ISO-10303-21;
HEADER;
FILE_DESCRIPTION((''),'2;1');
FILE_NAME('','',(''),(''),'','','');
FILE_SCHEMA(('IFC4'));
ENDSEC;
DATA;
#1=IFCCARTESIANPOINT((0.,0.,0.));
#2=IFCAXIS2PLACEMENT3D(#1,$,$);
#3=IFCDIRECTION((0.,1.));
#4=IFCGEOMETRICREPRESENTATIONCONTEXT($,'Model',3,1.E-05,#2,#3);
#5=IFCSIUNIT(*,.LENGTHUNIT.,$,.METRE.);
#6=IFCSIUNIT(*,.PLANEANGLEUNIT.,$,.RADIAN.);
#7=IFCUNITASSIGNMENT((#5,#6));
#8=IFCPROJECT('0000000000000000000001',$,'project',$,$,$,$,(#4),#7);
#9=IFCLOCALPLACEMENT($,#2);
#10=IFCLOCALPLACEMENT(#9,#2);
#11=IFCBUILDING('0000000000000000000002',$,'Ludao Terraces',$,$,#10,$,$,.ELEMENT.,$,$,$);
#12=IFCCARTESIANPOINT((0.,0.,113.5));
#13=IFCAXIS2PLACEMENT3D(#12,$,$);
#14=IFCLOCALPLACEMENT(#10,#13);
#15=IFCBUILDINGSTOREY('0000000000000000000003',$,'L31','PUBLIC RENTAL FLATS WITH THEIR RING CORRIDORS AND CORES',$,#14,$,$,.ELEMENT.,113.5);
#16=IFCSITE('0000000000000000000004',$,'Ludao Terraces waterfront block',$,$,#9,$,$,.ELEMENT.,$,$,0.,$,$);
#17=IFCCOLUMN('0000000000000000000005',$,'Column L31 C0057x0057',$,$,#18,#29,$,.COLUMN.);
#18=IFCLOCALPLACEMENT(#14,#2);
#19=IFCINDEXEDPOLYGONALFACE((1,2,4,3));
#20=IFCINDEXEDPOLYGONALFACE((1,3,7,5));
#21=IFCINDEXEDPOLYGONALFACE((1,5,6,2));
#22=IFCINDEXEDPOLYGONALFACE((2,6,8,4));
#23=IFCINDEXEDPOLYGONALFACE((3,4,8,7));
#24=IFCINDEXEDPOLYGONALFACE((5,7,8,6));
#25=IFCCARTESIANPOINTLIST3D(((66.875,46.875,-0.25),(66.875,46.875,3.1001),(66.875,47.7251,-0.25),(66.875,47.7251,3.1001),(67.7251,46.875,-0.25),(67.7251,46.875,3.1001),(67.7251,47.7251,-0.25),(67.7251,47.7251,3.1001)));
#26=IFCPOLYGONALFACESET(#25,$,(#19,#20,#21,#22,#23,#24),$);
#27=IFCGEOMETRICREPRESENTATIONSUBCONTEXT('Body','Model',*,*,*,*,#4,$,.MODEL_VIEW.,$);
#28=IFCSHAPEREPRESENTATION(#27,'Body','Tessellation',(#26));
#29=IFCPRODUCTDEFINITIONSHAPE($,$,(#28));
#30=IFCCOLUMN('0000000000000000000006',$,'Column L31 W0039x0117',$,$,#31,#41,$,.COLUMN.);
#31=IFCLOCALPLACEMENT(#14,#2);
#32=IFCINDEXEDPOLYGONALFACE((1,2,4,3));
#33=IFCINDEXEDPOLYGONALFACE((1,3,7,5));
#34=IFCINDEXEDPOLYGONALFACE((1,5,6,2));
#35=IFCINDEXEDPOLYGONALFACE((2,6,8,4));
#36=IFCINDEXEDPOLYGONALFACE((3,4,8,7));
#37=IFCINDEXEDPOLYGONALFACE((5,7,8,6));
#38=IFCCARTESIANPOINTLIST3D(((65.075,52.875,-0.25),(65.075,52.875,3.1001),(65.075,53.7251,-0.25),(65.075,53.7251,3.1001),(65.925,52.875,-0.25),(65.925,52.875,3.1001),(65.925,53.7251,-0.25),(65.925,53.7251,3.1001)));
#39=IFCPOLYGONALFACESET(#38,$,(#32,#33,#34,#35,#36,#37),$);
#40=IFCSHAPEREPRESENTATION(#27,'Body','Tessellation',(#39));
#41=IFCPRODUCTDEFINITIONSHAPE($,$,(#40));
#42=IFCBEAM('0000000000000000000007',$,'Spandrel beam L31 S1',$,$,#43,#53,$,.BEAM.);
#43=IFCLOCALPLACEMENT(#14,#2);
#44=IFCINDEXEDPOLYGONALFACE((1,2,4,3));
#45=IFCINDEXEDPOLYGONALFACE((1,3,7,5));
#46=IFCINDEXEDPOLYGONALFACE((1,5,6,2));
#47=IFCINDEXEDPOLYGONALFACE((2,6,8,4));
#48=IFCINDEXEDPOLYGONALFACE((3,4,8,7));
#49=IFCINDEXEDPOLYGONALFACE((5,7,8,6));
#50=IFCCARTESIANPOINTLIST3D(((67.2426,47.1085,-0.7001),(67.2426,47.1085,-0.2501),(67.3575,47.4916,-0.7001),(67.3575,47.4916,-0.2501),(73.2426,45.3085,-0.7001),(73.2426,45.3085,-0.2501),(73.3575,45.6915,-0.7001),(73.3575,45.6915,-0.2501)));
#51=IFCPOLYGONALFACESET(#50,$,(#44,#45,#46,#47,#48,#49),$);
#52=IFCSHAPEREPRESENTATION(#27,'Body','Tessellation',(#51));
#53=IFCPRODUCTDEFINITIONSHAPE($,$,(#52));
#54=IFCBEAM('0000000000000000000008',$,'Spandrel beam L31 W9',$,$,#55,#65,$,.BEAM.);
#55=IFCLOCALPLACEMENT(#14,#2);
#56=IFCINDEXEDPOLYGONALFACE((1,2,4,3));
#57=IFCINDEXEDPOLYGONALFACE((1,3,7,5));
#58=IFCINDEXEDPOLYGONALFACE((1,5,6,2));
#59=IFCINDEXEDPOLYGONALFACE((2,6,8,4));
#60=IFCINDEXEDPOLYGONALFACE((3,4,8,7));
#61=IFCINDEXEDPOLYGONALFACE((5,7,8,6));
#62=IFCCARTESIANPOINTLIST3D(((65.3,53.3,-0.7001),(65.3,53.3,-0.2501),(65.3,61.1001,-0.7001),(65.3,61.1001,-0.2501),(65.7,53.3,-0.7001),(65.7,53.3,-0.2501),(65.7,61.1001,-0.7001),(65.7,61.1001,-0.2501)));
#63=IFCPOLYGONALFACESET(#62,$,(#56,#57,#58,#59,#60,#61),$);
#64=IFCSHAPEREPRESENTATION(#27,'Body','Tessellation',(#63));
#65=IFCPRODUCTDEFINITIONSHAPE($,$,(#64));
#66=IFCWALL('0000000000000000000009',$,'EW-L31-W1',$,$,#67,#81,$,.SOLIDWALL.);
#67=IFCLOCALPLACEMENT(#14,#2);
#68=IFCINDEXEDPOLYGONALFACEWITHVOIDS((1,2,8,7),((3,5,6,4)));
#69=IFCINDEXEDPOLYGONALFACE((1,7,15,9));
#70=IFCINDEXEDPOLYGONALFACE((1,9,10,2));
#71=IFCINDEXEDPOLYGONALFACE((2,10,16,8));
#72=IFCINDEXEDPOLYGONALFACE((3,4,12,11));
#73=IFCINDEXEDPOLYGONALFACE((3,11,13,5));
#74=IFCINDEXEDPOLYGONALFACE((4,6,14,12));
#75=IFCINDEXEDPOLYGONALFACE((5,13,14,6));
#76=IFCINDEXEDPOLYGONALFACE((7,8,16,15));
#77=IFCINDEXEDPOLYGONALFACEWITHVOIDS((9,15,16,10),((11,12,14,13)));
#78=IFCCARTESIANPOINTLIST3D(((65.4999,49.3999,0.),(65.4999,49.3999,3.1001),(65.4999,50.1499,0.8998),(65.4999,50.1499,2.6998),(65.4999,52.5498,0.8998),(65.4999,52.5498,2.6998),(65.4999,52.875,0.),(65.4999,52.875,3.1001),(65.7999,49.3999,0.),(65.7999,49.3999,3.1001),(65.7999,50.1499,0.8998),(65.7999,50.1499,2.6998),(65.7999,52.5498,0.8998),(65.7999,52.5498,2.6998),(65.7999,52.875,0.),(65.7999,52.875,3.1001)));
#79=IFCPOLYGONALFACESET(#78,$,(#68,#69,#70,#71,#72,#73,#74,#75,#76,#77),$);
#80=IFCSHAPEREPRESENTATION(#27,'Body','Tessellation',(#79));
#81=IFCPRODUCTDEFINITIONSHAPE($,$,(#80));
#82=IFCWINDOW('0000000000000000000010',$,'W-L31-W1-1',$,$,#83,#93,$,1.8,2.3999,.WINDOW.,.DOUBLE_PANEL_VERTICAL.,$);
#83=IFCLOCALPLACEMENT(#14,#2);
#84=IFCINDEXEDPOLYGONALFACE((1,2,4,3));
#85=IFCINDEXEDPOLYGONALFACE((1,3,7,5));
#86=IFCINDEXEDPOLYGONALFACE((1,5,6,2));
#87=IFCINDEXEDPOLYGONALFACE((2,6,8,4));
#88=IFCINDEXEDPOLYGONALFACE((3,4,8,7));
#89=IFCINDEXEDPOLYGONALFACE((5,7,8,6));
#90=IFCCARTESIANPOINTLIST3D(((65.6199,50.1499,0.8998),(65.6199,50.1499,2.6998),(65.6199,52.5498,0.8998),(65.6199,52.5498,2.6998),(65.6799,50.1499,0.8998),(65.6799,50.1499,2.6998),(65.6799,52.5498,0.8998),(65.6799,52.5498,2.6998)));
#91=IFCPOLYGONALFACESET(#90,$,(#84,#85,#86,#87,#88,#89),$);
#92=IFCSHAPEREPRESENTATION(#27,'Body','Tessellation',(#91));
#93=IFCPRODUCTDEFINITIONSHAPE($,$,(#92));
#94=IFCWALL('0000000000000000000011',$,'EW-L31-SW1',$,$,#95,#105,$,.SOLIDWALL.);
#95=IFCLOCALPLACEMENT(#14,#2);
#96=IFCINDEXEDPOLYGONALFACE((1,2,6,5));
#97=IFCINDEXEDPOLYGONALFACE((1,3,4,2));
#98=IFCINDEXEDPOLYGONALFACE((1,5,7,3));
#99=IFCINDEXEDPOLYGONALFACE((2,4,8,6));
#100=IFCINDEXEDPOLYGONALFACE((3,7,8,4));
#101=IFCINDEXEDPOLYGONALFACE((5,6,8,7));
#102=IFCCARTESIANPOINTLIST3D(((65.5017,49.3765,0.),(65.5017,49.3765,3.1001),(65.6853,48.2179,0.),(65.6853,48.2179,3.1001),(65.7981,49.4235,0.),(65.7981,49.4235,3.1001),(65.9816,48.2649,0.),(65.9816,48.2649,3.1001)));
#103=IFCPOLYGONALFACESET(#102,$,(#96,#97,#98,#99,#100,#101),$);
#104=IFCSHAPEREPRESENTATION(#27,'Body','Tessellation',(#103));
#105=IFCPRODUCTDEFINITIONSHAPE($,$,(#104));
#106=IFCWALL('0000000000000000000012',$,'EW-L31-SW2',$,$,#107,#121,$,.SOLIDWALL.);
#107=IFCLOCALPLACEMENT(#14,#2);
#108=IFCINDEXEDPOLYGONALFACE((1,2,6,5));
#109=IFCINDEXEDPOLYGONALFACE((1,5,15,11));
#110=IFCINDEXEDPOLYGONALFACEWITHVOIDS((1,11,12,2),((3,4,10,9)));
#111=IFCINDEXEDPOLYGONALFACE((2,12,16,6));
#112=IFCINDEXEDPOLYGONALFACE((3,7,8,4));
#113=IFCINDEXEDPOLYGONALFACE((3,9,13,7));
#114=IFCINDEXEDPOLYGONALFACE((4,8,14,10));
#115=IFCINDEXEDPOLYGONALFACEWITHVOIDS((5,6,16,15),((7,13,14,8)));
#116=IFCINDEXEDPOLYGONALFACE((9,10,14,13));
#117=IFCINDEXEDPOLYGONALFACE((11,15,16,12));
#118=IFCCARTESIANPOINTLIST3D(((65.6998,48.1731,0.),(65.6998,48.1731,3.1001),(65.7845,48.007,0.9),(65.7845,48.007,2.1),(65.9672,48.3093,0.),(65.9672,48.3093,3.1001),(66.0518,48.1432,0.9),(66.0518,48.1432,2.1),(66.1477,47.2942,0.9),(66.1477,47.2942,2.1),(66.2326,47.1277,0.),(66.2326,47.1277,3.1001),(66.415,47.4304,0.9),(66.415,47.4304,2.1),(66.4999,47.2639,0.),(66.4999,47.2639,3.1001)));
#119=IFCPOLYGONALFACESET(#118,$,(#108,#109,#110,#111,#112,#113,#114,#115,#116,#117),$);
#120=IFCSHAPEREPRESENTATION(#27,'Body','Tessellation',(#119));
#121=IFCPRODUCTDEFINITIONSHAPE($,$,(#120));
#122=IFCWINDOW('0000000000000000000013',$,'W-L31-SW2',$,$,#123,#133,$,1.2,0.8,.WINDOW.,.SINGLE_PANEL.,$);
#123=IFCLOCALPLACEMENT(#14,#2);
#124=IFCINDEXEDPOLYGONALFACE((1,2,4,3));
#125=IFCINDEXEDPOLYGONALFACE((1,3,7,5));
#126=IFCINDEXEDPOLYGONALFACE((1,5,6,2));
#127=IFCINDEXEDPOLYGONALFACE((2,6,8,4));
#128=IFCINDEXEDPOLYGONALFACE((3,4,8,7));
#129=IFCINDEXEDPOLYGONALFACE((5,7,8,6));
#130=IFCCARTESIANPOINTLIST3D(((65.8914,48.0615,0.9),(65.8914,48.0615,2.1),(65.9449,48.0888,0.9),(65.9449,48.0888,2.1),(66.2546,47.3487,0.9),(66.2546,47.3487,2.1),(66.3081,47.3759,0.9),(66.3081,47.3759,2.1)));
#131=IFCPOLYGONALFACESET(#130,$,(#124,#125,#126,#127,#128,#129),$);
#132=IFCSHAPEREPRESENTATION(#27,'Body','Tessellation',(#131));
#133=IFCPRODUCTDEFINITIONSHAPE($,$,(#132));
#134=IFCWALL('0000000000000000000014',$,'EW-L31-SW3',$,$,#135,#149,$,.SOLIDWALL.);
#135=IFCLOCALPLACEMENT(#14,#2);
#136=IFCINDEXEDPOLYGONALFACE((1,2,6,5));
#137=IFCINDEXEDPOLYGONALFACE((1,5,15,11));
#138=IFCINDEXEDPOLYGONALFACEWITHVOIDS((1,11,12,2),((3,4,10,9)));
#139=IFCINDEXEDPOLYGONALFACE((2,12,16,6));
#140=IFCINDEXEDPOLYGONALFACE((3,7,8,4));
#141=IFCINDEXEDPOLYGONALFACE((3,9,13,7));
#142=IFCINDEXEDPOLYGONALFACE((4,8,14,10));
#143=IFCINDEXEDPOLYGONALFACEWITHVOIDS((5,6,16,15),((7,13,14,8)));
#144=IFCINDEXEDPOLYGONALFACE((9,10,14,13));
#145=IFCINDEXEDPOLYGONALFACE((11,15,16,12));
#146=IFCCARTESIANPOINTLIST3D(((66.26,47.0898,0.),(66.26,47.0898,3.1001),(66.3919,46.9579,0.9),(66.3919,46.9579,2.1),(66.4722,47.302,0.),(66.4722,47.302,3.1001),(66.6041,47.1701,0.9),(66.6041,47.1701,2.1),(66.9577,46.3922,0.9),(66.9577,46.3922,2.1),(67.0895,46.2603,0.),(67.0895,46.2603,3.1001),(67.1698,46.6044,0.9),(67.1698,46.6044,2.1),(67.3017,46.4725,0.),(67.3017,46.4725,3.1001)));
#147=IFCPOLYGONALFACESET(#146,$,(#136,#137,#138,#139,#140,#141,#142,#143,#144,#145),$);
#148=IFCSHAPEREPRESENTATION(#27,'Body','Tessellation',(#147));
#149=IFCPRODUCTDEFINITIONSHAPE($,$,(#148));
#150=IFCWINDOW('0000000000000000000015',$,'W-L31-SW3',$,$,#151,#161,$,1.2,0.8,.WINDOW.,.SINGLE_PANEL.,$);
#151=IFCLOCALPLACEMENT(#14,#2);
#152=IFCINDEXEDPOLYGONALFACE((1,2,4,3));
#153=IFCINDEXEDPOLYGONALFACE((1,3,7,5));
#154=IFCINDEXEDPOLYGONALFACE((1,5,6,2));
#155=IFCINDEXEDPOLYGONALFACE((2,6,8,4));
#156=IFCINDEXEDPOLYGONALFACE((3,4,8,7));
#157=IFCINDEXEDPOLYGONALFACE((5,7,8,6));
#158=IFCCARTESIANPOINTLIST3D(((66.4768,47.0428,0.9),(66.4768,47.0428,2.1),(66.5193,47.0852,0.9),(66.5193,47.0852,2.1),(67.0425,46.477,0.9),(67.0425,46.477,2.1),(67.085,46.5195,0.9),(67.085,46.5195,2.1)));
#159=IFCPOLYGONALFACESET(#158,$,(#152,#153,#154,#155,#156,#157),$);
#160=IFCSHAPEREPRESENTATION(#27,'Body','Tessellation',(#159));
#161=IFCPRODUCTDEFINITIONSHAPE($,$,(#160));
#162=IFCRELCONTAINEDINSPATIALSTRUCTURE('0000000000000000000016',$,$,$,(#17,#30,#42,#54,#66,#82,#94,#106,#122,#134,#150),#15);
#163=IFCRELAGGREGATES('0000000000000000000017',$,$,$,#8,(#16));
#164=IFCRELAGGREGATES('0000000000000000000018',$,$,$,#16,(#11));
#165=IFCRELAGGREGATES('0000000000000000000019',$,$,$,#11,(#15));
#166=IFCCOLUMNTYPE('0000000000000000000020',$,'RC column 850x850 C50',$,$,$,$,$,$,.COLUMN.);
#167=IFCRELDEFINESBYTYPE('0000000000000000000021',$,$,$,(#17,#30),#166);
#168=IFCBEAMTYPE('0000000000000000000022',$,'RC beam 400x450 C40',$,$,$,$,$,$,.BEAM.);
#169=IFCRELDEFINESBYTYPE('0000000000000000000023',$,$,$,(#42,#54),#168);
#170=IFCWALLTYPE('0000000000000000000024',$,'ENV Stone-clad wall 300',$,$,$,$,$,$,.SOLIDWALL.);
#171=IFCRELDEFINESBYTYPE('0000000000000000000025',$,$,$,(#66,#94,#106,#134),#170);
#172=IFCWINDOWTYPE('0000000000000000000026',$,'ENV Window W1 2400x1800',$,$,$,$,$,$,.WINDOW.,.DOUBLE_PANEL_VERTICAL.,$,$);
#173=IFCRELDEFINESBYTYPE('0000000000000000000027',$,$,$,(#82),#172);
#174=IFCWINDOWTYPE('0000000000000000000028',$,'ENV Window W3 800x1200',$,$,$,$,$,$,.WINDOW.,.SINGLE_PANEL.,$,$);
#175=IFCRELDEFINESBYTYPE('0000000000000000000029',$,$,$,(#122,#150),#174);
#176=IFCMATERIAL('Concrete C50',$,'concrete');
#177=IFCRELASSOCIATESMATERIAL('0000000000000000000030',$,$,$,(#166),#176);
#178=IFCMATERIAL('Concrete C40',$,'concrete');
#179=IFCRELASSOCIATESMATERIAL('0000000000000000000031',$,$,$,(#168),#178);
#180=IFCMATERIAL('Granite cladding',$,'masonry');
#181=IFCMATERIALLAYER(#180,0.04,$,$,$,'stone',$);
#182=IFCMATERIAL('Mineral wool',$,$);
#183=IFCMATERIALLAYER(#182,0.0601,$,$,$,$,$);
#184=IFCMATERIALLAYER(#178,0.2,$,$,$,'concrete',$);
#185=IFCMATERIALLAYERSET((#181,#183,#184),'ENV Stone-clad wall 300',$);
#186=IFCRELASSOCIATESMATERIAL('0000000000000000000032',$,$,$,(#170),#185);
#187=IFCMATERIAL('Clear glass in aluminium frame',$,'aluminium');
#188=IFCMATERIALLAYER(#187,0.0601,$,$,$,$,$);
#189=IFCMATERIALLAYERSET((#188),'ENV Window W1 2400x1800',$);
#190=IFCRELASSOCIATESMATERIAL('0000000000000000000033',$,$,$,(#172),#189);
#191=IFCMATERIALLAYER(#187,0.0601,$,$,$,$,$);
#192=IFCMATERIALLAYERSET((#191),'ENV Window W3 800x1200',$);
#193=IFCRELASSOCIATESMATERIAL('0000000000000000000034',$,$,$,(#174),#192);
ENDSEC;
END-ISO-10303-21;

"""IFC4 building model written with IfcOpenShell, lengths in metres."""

from ifc_helpers import new_model, si_unit, direction, frame, frame_2d, origin, origin_2d, place, context, subcontext, project, spatial, rectangle, extrude, material, layer, layer_set, material_profile, profile_set, type_object, element, fill, save


model = new_model("IFC4")

# Units and contexts
model_context = context("Model", 3, precision=1e-05, world=origin(), true_north=direction((0.0, 1.0)))
body_context = subcontext(model_context, "Body", "Model", "MODEL_VIEW")
ifc_project = project(units=[si_unit("LENGTHUNIT", "METRE"), si_unit("PLANEANGLEUNIT", "RADIAN")], contexts=[model_context])

# Site, building, storey
site_placement = place(None, origin())
site = spatial("IfcSite", under=ifc_project, at=site_placement, Name="Ludao Terraces waterfront block", CompositionType="ELEMENT", RefElevation=0.0)
building_placement = place(site_placement, origin())
building = spatial("IfcBuilding", under=site, at=building_placement, Name="Ludao Terraces", CompositionType="ELEMENT")
storey_placement = place(building_placement, frame((0.0, 0.0, 113.5)))
storey = spatial("IfcBuildingStorey", under=building, at=storey_placement, Name="L31", Description="PUBLIC RENTAL FLATS WITH THEIR RING CORRIDORS AND CORES", CompositionType="ELEMENT", Elevation=113.5)

# Columns
ifc_material_1 = material(Name="Concrete C50", Category="concrete")
ifc_material_profile_1 = material_profile(ifc_material_1, rectangle(XDim=0.8501, YDim=0.8501, at=origin_2d()), Name="850 X 850")
ifc_profile_set_1 = profile_set([ifc_material_profile_1], Name="Concrete C50")
column_type = type_object("IfcColumnType", Name="RC column 850x850 C50", PredefinedType="COLUMN", material=ifc_profile_set_1)
for number, where, z_axis, x_axis, name in (
    (1, (67.3, 47.3, -0.25), (0.0, 0.0, 1.0), (1.0, 0.0, 0.0), "Column L31 C0057x0057"),
    (2, (65.5, 53.3, -0.25), (0.0, 0.0, 1.0), (1.0, 0.0, 0.0), "Column L31 W0039x0117"),
):
    element("IfcColumn", number, at=place(storey_placement, frame(where, z_axis=z_axis, x_axis=x_axis)), inside=storey, type_object=column_type, Name=name, PredefinedType="COLUMN", context=body_context, shape_type="SweptSolid", body=[
        extrude(rectangle(XDim=0.8501, YDim=0.8501, at=origin_2d()), origin(), (0.0, 0.0, 1.0), 3.3501),
    ])

# Beams
ifc_material_2 = material(Name="Concrete C40", Category="concrete")
ifc_material_profile_2 = material_profile(ifc_material_2, rectangle(XDim=0.3999, YDim=0.45, at=origin_2d()), Name="400 X 450")
ifc_profile_set_2 = profile_set([ifc_material_profile_2], Name="Concrete C40")
beam_type = type_object("IfcBeamType", Name="RC beam 400x450 C40", PredefinedType="BEAM", material=ifc_profile_set_2)
beam_1_placement = place(storey_placement, frame((67.3, 47.3, -0.4751), z_axis=(0.957824, -0.287355, 0.0), x_axis=(0.287355, 0.957824, 0.0)))
element("IfcBeam", 3, at=beam_1_placement, inside=storey, type_object=beam_type, Name="Spandrel beam L31 S1", PredefinedType="BEAM", context=body_context, shape_type="SweptSolid", body=[
    extrude(rectangle(XDim=0.3999, YDim=0.45, at=origin_2d()), origin(), (0.0, 0.0, 1.0), 6.2642),
])
beam_2_placement = place(storey_placement, frame((65.5, 53.3, -0.4751), z_axis=(0.0, 1.0, 0.0), x_axis=(-1.0, 0.0, 0.0)))
element("IfcBeam", 4, at=beam_2_placement, inside=storey, type_object=beam_type, Name="Spandrel beam L31 W9", PredefinedType="BEAM", context=body_context, shape_type="SweptSolid", body=[
    extrude(rectangle(XDim=0.3999, YDim=0.45, at=origin_2d()), origin(), (0.0, 0.0, 1.0), 7.8),
])

# Wall, opening, window
ifc_material_3 = material(Name="Granite cladding", Category="masonry")
ifc_layer_1 = layer(ifc_material_3, 0.04, Category="stone")
ifc_material_4 = material(Name="Mineral wool")
ifc_layer_2 = layer(ifc_material_4, 0.0601)
ifc_layer_3 = layer(ifc_material_2, 0.2, Category="concrete")
ifc_layer_set_1 = layer_set([ifc_layer_1, ifc_layer_2, ifc_layer_3], Name="ENV Stone-clad wall 300")
wall_type_1 = type_object("IfcWallType", Name="ENV Stone-clad wall 300", PredefinedType="SOLIDWALL", material=ifc_layer_set_1)
wall_1_placement = place(storey_placement, frame((65.6499, 49.3999, 0.0), z_axis=(0.0, 0.0, 1.0), x_axis=(0.0, 1.0, 0.0)))
wall_1 = element("IfcWall", 5, at=wall_1_placement, inside=storey, type_object=wall_type_1, Name="EW-L31-W1", PredefinedType="SOLIDWALL", context=body_context, shape_type="SweptSolid", body=[
    extrude(rectangle(XDim=3.4751, YDim=0.3, at=frame_2d((1.7375, 0.0))), origin(), (0.0, 0.0, 1.0), 3.1001),
])
opening_1_placement = place(wall_1_placement, frame((0.75, 0.0, 0.8999)))
opening_1 = element("IfcOpeningElement", 6, at=opening_1_placement, cuts=wall_1, PredefinedType="OPENING", context=body_context, shape_type="SweptSolid", body=[
    extrude(rectangle(XDim=2.3999, YDim=1.8, at=frame_2d((1.2, 0.8999))), frame((0.0, 0.1602, 0.0), z_axis=(0.0, -1.0, 0.0), x_axis=(1.0, 0.0, 0.0)), (0.0, 0.0, 1.0), 0.3201),
])
ifc_material_5 = material(Name="Clear glass in aluminium frame", Category="aluminium")
ifc_layer_4 = layer(ifc_material_5, 0.0601)
ifc_layer_set_2 = layer_set([ifc_layer_4], Name="ENV Window W1 2400x1800")
window_type_1 = type_object("IfcWindowType", Name="ENV Window W1 2400x1800", PartitioningType="DOUBLE_PANEL_VERTICAL", PredefinedType="WINDOW", material=ifc_layer_set_2)
window_1_placement = place(opening_1_placement, origin())
window_1 = element("IfcWindow", 7, at=window_1_placement, inside=storey, type_object=window_type_1, Name="W-L31-W1-1", OverallHeight=1.8, OverallWidth=2.3999, PartitioningType="DOUBLE_PANEL_VERTICAL", PredefinedType="WINDOW", context=body_context, shape_type="SweptSolid", body=[
    extrude(rectangle(XDim=2.3999, YDim=1.8, at=frame_2d((1.2, 0.8999))), frame((0.0, 0.03, 0.0), z_axis=(0.0, -1.0, 0.0), x_axis=(1.0, 0.0, 0.0)), (0.0, 0.0, 1.0), 0.0601),
])
fill(opening_1, window_1)

# Wall
wall_2_placement = place(storey_placement, frame((65.6499, 49.3999, 0.0), z_axis=(0.0, 0.0, 1.0), x_axis=(0.156497, -0.987678, 0.0)))
element("IfcWall", 8, at=wall_2_placement, inside=storey, type_object=wall_type_1, Name="EW-L31-SW1", PredefinedType="SOLIDWALL", context=body_context, shape_type="SweptSolid", body=[
    extrude(rectangle(XDim=1.1731, YDim=0.3, at=frame_2d((0.5864, 0.0))), origin(), (0.0, 0.0, 1.0), 3.1001),
])

# Walls, openings, windows
wall_3_placement = place(storey_placement, frame((65.8335, 48.2412, 0.0), z_axis=(0.0, 0.0, 1.0), x_axis=(0.454026, -0.890989, 0.0)))
wall_3 = element("IfcWall", 9, at=wall_3_placement, inside=storey, type_object=wall_type_1, Name="EW-L31-SW2", PredefinedType="SOLIDWALL", context=body_context, shape_type="SweptSolid", body=[
    extrude(rectangle(XDim=1.1733, YDim=0.3, at=frame_2d((0.5867, 0.0))), origin(), (0.0, 0.0, 1.0), 3.1001),
])
opening_2_placement = place(wall_3_placement, frame((0.1865, 0.0, 0.8999)))
opening_2 = element("IfcOpeningElement", 10, at=opening_2_placement, cuts=wall_3, PredefinedType="OPENING", context=body_context, shape_type="SweptSolid", body=[
    extrude(rectangle(XDim=0.8, YDim=1.2, at=frame_2d((0.3999, 0.6001))), frame((0.0, 0.1602, 0.0), z_axis=(0.0, -1.0, 0.0), x_axis=(1.0, 0.0, 0.0)), (0.0, 0.0, 1.0), 0.3201),
])
ifc_layer_5 = layer(ifc_material_5, 0.0601)
ifc_layer_set_3 = layer_set([ifc_layer_5], Name="ENV Window W3 800x1200")
window_type_2 = type_object("IfcWindowType", Name="ENV Window W3 800x1200", PartitioningType="SINGLE_PANEL", PredefinedType="WINDOW", material=ifc_layer_set_3)
window_2_placement = place(opening_2_placement, origin())
window_2 = element("IfcWindow", 11, at=window_2_placement, inside=storey, type_object=window_type_2, Name="W-L31-SW2", OverallHeight=1.2, OverallWidth=0.8, PartitioningType="SINGLE_PANEL", PredefinedType="WINDOW", context=body_context, shape_type="SweptSolid", body=[
    extrude(rectangle(XDim=0.8, YDim=1.2, at=frame_2d((0.3999, 0.6001))), frame((0.0, 0.03, 0.0), z_axis=(0.0, -1.0, 0.0), x_axis=(1.0, 0.0, 0.0)), (0.0, 0.0, 1.0), 0.0601),
])
fill(opening_2, window_2)
wall_4_placement = place(storey_placement, frame((66.3662, 47.1958, 0.0), z_axis=(0.0, 0.0, 1.0), x_axis=(0.707107, -0.707107, 0.0)))
wall_4 = element("IfcWall", 12, at=wall_4_placement, inside=storey, type_object=wall_type_1, Name="EW-L31-SW3", PredefinedType="SOLIDWALL", context=body_context, shape_type="SweptSolid", body=[
    extrude(rectangle(XDim=1.1731, YDim=0.3, at=frame_2d((0.5864, 0.0))), origin(), (0.0, 0.0, 1.0), 3.1001),
])
opening_3_placement = place(wall_4_placement, frame((0.1865, 0.0, 0.8999)))
opening_3 = element("IfcOpeningElement", 13, at=opening_3_placement, cuts=wall_4, PredefinedType="OPENING", context=body_context, shape_type="SweptSolid", body=[
    extrude(rectangle(XDim=0.8, YDim=1.2, at=frame_2d((0.3999, 0.6001))), frame((0.0, 0.1602, 0.0), z_axis=(0.0, -1.0, 0.0), x_axis=(1.0, 0.0, 0.0)), (0.0, 0.0, 1.0), 0.3201),
])
window_3_placement = place(opening_3_placement, origin())
window_3 = element("IfcWindow", 14, at=window_3_placement, inside=storey, type_object=window_type_2, Name="W-L31-SW3", OverallHeight=1.2, OverallWidth=0.8, PartitioningType="SINGLE_PANEL", PredefinedType="WINDOW", context=body_context, shape_type="SweptSolid", body=[
    extrude(rectangle(XDim=0.8, YDim=1.2, at=frame_2d((0.3999, 0.6001))), frame((0.0, 0.03, 0.0), z_axis=(0.0, -1.0, 0.0), x_axis=(1.0, 0.0, 0.0)), (0.0, 0.0, 1.0), 0.0601),
])
fill(opening_3, window_3)

save(model, "model.ifc")
